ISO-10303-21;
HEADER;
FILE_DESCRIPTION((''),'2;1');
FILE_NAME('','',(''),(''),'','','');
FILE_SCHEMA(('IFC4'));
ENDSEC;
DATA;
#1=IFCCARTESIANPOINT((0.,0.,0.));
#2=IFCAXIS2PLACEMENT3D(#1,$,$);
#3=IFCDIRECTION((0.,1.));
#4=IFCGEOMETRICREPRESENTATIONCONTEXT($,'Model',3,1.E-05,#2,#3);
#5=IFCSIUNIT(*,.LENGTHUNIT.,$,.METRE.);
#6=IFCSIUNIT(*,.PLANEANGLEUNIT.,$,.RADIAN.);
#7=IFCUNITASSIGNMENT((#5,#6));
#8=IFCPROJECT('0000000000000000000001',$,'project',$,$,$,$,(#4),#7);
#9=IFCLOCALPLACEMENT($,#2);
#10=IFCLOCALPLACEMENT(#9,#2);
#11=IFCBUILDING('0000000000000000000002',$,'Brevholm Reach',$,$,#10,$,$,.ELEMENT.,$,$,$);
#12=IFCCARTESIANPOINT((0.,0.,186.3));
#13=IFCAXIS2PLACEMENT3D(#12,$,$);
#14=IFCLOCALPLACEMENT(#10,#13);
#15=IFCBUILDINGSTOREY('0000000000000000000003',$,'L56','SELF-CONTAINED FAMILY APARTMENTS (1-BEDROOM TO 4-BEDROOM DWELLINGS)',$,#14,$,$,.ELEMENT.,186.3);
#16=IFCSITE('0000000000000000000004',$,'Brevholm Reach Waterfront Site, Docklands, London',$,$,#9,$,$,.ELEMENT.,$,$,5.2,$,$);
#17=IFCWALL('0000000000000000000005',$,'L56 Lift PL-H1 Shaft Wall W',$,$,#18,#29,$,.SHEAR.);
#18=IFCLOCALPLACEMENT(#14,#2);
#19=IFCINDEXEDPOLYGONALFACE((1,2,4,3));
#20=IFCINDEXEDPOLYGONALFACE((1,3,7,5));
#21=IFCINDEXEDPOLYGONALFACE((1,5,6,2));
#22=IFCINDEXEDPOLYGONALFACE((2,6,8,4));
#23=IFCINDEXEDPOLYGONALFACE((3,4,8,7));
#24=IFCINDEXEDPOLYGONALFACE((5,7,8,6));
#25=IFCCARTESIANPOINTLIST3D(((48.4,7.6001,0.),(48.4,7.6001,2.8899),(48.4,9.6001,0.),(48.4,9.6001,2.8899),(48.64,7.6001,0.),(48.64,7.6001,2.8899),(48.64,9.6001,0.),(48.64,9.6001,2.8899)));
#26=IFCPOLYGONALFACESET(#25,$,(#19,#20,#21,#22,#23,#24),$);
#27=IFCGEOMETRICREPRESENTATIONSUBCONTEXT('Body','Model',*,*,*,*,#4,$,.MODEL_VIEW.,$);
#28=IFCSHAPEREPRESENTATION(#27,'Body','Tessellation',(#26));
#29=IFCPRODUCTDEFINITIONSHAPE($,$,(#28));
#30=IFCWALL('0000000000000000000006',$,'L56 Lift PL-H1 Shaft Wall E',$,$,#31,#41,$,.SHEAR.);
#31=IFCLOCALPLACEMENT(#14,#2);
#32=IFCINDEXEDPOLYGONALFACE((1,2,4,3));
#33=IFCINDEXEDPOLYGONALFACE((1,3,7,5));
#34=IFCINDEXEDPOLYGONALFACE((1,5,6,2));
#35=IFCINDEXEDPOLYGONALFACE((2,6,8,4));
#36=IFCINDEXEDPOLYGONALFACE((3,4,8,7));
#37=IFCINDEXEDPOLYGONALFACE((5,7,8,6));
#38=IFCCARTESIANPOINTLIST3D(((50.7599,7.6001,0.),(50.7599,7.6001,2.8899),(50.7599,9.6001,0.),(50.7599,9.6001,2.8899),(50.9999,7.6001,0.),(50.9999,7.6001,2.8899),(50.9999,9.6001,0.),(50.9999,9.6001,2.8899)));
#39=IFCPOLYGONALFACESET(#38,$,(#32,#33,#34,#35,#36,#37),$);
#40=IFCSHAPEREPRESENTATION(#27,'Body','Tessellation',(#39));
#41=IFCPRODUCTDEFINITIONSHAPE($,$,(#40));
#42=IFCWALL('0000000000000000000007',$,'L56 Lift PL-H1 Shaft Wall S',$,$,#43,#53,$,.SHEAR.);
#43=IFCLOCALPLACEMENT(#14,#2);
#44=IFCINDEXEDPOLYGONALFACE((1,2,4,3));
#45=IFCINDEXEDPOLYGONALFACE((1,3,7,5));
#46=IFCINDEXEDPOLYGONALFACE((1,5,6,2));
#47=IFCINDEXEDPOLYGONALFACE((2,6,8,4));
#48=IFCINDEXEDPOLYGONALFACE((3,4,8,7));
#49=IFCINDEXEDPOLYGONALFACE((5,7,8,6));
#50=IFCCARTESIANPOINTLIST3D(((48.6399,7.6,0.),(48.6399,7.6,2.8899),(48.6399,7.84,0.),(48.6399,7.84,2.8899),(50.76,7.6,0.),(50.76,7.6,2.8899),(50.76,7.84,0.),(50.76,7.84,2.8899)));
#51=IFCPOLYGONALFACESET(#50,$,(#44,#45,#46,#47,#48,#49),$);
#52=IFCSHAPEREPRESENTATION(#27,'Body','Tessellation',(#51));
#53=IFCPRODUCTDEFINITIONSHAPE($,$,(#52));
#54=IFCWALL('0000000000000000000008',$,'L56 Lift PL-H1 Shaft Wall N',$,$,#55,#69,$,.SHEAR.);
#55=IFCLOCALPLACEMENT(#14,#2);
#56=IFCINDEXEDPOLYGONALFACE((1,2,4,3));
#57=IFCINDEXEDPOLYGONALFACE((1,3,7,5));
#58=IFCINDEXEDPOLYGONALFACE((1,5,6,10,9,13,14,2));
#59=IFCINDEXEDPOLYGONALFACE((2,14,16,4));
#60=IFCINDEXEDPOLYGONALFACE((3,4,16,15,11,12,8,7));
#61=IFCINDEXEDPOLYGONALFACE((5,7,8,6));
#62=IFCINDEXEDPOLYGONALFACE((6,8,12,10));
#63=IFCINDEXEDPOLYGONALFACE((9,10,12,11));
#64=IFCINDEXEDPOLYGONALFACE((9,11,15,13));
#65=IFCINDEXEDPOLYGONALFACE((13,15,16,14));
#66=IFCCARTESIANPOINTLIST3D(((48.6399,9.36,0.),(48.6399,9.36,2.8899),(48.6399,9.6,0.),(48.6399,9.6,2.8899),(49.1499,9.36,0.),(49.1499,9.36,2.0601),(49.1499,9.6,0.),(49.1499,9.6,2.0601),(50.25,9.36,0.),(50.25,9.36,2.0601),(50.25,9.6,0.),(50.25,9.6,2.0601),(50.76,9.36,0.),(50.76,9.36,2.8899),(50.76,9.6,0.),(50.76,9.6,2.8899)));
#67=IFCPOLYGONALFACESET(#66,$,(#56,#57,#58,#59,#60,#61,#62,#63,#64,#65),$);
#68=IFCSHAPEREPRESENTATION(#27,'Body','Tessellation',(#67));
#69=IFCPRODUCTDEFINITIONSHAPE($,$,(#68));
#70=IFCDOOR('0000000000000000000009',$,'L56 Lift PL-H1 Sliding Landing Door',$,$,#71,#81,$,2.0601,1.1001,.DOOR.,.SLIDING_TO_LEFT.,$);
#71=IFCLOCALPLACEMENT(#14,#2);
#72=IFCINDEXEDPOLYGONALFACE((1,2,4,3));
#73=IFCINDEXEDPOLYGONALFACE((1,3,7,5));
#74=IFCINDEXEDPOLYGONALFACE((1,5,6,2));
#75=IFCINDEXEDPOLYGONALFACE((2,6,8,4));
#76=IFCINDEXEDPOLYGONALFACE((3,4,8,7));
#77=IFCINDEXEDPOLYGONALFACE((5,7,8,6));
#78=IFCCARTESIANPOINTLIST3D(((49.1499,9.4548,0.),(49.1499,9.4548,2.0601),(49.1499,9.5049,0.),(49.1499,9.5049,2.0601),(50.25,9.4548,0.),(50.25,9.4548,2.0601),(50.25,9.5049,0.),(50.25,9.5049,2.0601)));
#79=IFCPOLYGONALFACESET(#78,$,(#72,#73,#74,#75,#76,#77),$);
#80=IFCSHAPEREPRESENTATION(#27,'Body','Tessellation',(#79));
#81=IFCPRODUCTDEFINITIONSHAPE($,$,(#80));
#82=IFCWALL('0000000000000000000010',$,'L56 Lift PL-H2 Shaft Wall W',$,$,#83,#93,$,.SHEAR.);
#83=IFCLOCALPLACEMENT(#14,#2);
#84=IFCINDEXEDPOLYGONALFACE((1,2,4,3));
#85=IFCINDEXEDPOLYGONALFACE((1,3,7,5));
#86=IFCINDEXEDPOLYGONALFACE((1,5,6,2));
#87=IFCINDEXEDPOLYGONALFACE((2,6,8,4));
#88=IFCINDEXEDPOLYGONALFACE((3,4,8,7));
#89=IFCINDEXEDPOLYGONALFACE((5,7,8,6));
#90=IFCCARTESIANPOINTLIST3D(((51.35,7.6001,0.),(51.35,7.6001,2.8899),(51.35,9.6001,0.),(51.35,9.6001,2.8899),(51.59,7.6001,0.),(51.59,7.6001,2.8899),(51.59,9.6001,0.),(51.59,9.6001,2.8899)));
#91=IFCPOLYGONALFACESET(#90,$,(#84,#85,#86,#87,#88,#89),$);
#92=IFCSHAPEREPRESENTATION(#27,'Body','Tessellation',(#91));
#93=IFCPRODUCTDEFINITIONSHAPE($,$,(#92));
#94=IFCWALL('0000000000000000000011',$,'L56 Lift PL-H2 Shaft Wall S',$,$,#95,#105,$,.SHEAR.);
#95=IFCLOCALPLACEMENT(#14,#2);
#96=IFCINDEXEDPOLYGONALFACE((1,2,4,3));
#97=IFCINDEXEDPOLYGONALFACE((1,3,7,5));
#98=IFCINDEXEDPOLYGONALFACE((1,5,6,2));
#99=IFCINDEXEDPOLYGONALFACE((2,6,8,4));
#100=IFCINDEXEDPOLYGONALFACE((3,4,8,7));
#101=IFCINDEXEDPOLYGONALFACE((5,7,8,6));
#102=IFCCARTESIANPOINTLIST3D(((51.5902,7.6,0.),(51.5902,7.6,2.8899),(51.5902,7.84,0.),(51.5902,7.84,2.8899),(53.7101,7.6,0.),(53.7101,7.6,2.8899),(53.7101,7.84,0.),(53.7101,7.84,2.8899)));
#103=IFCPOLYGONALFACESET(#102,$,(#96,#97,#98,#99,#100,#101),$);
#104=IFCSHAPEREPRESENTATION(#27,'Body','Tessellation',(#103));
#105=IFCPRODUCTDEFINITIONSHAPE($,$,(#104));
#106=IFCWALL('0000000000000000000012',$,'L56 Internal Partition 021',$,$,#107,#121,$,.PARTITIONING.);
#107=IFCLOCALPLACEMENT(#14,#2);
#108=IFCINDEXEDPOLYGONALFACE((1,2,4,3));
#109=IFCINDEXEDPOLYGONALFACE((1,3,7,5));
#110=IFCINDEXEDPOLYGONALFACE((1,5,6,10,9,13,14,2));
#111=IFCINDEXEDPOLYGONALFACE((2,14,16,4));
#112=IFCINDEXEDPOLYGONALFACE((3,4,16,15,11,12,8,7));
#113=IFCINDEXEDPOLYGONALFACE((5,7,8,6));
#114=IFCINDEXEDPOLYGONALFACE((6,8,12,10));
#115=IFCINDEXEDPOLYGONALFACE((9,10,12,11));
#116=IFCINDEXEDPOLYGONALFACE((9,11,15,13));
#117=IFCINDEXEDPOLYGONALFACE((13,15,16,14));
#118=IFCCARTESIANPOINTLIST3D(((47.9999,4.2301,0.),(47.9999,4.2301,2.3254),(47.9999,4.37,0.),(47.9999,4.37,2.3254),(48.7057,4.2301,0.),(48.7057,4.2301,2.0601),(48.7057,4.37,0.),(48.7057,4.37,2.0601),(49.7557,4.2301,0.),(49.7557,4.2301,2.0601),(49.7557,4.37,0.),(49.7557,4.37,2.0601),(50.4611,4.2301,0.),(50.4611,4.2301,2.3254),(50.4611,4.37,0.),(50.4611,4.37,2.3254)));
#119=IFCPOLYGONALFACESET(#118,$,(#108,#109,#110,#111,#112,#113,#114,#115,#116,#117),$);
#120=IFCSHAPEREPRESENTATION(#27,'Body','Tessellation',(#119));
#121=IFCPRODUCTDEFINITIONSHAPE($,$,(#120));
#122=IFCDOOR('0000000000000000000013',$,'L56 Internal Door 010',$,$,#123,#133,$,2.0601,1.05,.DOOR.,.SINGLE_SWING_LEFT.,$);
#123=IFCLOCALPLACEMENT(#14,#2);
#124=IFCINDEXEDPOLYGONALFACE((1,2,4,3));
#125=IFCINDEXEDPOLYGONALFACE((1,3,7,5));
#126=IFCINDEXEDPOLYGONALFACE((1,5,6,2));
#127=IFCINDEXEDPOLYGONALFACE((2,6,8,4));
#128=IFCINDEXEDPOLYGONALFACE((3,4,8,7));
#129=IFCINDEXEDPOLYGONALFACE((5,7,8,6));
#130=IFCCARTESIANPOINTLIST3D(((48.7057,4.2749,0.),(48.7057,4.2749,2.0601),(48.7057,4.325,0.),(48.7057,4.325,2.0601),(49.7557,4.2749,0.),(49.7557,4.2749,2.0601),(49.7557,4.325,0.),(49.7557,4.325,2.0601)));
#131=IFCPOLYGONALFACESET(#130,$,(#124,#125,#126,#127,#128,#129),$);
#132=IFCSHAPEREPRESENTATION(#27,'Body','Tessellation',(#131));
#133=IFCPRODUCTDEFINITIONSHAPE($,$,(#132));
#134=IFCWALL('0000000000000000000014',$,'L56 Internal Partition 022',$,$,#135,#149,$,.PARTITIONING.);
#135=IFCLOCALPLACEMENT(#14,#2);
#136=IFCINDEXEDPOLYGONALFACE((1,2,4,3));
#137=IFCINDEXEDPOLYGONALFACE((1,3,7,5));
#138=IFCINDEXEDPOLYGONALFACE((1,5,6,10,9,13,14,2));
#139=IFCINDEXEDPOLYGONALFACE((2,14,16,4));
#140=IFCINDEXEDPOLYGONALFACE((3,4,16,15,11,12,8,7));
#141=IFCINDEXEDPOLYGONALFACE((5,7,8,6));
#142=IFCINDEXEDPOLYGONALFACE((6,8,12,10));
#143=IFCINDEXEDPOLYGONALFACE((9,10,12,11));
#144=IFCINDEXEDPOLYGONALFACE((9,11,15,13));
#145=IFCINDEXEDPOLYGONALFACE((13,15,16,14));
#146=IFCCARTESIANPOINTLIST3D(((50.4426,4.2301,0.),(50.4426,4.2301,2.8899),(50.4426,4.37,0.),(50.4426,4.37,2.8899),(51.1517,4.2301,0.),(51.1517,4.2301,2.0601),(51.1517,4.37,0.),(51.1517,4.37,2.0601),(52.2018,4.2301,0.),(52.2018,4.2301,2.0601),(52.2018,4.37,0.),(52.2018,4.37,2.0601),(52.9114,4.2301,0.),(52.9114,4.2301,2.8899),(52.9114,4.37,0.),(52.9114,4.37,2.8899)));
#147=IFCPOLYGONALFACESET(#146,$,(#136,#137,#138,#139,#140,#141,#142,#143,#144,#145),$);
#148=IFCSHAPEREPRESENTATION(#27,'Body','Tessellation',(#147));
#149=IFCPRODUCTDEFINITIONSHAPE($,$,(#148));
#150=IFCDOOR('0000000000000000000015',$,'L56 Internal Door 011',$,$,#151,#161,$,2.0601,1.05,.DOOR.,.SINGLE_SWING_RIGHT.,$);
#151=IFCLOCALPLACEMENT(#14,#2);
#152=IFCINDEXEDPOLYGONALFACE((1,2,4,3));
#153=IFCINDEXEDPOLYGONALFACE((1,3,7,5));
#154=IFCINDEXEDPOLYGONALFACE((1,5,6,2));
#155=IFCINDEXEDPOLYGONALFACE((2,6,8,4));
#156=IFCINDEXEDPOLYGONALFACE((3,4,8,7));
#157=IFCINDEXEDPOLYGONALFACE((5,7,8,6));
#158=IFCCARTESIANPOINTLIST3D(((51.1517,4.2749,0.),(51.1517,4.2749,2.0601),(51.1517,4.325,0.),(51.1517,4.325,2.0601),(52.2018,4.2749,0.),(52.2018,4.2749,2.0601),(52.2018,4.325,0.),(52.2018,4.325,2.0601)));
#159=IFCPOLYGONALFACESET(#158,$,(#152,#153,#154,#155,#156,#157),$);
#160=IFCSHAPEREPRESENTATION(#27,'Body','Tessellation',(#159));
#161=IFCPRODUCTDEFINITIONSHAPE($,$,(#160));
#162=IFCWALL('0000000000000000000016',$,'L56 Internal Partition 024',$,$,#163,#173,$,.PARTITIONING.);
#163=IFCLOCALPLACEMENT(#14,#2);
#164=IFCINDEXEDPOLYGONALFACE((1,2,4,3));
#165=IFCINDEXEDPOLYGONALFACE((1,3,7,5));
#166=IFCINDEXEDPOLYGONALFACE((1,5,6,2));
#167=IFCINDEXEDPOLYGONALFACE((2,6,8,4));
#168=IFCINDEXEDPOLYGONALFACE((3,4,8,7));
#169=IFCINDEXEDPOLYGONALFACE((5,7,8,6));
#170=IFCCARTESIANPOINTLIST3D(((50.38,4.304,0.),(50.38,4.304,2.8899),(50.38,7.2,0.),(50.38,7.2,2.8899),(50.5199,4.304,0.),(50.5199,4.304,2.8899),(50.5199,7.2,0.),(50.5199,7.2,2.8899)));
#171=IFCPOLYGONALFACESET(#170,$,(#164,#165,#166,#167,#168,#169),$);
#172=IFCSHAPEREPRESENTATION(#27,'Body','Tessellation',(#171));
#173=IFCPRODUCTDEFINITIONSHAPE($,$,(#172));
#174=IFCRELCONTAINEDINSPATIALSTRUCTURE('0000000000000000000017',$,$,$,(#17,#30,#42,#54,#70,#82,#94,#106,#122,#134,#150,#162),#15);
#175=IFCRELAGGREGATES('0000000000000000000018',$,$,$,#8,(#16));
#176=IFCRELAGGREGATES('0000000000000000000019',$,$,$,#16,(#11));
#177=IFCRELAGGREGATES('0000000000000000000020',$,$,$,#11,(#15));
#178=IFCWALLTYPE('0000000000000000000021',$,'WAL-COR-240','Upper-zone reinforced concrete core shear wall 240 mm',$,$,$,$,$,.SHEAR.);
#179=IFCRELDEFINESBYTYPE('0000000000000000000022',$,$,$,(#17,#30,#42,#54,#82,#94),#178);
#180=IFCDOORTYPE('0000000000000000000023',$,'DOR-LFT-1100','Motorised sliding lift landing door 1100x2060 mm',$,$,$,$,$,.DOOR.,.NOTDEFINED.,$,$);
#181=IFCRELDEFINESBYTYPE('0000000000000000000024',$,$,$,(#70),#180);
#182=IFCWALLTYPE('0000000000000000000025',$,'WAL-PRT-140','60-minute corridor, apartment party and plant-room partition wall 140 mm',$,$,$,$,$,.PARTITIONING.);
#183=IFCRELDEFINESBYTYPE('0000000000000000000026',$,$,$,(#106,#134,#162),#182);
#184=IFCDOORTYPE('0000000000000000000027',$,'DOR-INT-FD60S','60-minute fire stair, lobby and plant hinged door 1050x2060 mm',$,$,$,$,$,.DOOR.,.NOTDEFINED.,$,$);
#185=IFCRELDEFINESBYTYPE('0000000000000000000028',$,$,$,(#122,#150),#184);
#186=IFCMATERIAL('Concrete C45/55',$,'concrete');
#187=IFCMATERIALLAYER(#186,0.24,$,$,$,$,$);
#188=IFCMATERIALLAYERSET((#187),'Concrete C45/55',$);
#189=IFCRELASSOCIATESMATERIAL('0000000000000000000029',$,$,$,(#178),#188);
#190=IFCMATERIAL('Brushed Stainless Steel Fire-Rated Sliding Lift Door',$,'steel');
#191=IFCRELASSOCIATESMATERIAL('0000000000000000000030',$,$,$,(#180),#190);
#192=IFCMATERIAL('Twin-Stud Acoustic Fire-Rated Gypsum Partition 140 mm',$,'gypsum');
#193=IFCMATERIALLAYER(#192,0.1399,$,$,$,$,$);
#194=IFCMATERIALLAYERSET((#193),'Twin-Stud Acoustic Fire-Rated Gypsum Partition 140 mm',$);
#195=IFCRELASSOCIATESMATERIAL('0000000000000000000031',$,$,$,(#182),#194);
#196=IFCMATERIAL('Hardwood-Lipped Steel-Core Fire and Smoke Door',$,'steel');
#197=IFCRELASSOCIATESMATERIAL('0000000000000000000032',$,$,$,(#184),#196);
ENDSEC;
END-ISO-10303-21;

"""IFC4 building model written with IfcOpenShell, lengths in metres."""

from ifc_helpers import new_model, si_unit, direction, frame, frame_2d, origin, place, context, subcontext, project, spatial, rectangle, extrude, material, layer, layer_set, type_object, element, fill, save


model = new_model("IFC4")

# Units and contexts
model_context = context("Model", 3, precision=1e-05, world=origin(), true_north=direction((0.0, 1.0)))
body_context = subcontext(model_context, "Body", "Model", "MODEL_VIEW")
ifc_project = project(units=[si_unit("LENGTHUNIT", "METRE"), si_unit("PLANEANGLEUNIT", "RADIAN")], contexts=[model_context])

# Site, building, storey
site_placement = place(None, origin())
site = spatial("IfcSite", under=ifc_project, at=site_placement, Name="Brevholm Reach Waterfront Site, Docklands, London", CompositionType="ELEMENT", RefElevation=5.2)
building_placement = place(site_placement, origin())
building = spatial("IfcBuilding", under=site, at=building_placement, Name="Brevholm Reach", CompositionType="ELEMENT")
storey_placement = place(building_placement, frame((0.0, 0.0, 186.3)))
storey = spatial("IfcBuildingStorey", under=building, at=storey_placement, Name="L56", Description="SELF-CONTAINED FAMILY APARTMENTS (1-BEDROOM TO 4-BEDROOM DWELLINGS)", CompositionType="ELEMENT", Elevation=186.3)

# Walls
ifc_material_1 = material(Name="Concrete C45/55", Category="concrete")
ifc_layer_1 = layer(ifc_material_1, 0.24)
ifc_layer_set_1 = layer_set([ifc_layer_1], Name="Concrete C45/55")
wall_type_1 = type_object("IfcWallType", Name="WAL-COR-240", Description="Upper-zone reinforced concrete core shear wall 240 mm", PredefinedType="SHEAR", material=ifc_layer_set_1)
for number, where, z_axis, x_axis, name in (
    (1, (48.52, 7.6001, 0.0), (0.0, 0.0, 1.0), (0.0, 1.0, 0.0), "L56 Lift PL-H1 Shaft Wall W"),
    (2, (50.8799, 7.6001, 0.0), (0.0, 0.0, 1.0), (0.0, 1.0, 0.0), "L56 Lift PL-H1 Shaft Wall E"),
):
    element("IfcWall", number, at=place(storey_placement, frame(where, z_axis=z_axis, x_axis=x_axis)), inside=storey, type_object=wall_type_1, Name=name, PredefinedType="SHEAR", context=body_context, shape_type="SweptSolid", body=[
        extrude(rectangle(XDim=2.0, YDim=0.24, at=frame_2d((1.0, 0.0))), origin(), (0.0, 0.0, 1.0), 2.8899),
    ])
wall_1_placement = place(storey_placement, frame((48.6399, 7.72, 0.0), z_axis=(0.0, 0.0, 1.0), x_axis=(1.0, 0.0, 0.0)))
element("IfcWall", 3, at=wall_1_placement, inside=storey, type_object=wall_type_1, Name="L56 Lift PL-H1 Shaft Wall S", PredefinedType="SHEAR", context=body_context, shape_type="SweptSolid", body=[
    extrude(rectangle(XDim=2.1201, YDim=0.24, at=frame_2d((1.0601, 0.0))), origin(), (0.0, 0.0, 1.0), 2.8899),
])

# Wall, opening, door
wall_2_placement = place(storey_placement, frame((48.6399, 9.48, 0.0), z_axis=(0.0, 0.0, 1.0), x_axis=(1.0, 0.0, 0.0)))
wall_2 = element("IfcWall", 4, at=wall_2_placement, inside=storey, type_object=wall_type_1, Name="L56 Lift PL-H1 Shaft Wall N", PredefinedType="SHEAR", context=body_context, shape_type="SweptSolid", body=[
    extrude(rectangle(XDim=2.1201, YDim=0.24, at=frame_2d((1.0601, 0.0))), origin(), (0.0, 0.0, 1.0), 2.8899),
])
opening_1_placement = place(wall_2_placement, frame((0.51, 0.0, 0.0)))
opening_1 = element("IfcOpeningElement", 5, at=opening_1_placement, cuts=wall_2, PredefinedType="OPENING", context=body_context, shape_type="SweptSolid", body=[
    extrude(rectangle(XDim=1.1001, YDim=2.0601, at=frame_2d((0.55, 1.03))), frame((0.0, 0.1299, 0.0), z_axis=(0.0, -1.0, 0.0), x_axis=(1.0, 0.0, 0.0)), (0.0, 0.0, 1.0), 0.26),
])
ifc_material_2 = material(Name="Brushed Stainless Steel Fire-Rated Sliding Lift Door", Category="steel")
door_type_1 = type_object("IfcDoorType", Name="DOR-LFT-1100", Description="Motorised sliding lift landing door 1100x2060 mm", OperationType="NOTDEFINED", PredefinedType="DOOR", material=ifc_material_2)
door_1_placement = place(opening_1_placement, origin())
door_1 = element("IfcDoor", 6, at=door_1_placement, inside=storey, type_object=door_type_1, Name="L56 Lift PL-H1 Sliding Landing Door", OperationType="SLIDING_TO_LEFT", OverallHeight=2.0601, OverallWidth=1.1001, PredefinedType="DOOR", context=body_context, shape_type="SweptSolid", body=[
    extrude(rectangle(XDim=1.1001, YDim=2.0601, at=frame_2d((0.55, 1.03))), frame((0.0, 0.0249, 0.0), z_axis=(0.0, -1.0, 0.0), x_axis=(1.0, 0.0, 0.0)), (0.0, 0.0, 1.0), 0.05),
])
fill(opening_1, door_1)

# Walls
wall_3_placement = place(storey_placement, frame((51.47, 7.6001, 0.0), z_axis=(0.0, 0.0, 1.0), x_axis=(0.0, 1.0, 0.0)))
element("IfcWall", 7, at=wall_3_placement, inside=storey, type_object=wall_type_1, Name="L56 Lift PL-H2 Shaft Wall W", PredefinedType="SHEAR", context=body_context, shape_type="SweptSolid", body=[
    extrude(rectangle(XDim=2.0, YDim=0.24, at=frame_2d((1.0, 0.0))), origin(), (0.0, 0.0, 1.0), 2.8899),
])
wall_4_placement = place(storey_placement, frame((51.5901, 7.72, 0.0), z_axis=(0.0, 0.0, 1.0), x_axis=(1.0, 0.0, 0.0)))
element("IfcWall", 8, at=wall_4_placement, inside=storey, type_object=wall_type_1, Name="L56 Lift PL-H2 Shaft Wall S", PredefinedType="SHEAR", context=body_context, shape_type="SweptSolid", body=[
    extrude(rectangle(XDim=2.1199, YDim=0.24, at=frame_2d((1.0601, 0.0))), origin(), (0.0, 0.0, 1.0), 2.8899),
])

# Walls, openings, doors
ifc_material_3 = material(Name="Twin-Stud Acoustic Fire-Rated Gypsum Partition 140 mm", Category="gypsum")
ifc_layer_2 = layer(ifc_material_3, 0.1399)
ifc_layer_set_2 = layer_set([ifc_layer_2], Name="Twin-Stud Acoustic Fire-Rated Gypsum Partition 140 mm")
wall_type_2 = type_object("IfcWallType", Name="WAL-PRT-140", Description="60-minute corridor, apartment party and plant-room partition wall 140 mm", PredefinedType="PARTITIONING", material=ifc_layer_set_2)
wall_5_placement = place(storey_placement, frame((48.0, 4.3, 0.0), z_axis=(0.0, 0.0, 1.0), x_axis=(1.0, 0.0, 0.0)))
wall_5 = element("IfcWall", 9, at=wall_5_placement, inside=storey, type_object=wall_type_2, Name="L56 Internal Partition 021", PredefinedType="PARTITIONING", context=body_context, shape_type="SweptSolid", body=[
    extrude(rectangle(XDim=2.4612, YDim=0.1399, at=frame_2d((1.2305, 0.0))), origin(), (0.0, 0.0, 1.0), 2.3254),
])
opening_2_placement = place(wall_5_placement, frame((0.7058, 0.0, 0.0)))
opening_2 = element("IfcOpeningElement", 10, at=opening_2_placement, cuts=wall_5, PredefinedType="OPENING", context=body_context, shape_type="SweptSolid", body=[
    extrude(rectangle(XDim=1.05, YDim=2.0601, at=frame_2d((0.5249, 1.03))), frame((0.0, 0.0798, 0.0), z_axis=(0.0, -1.0, 0.0), x_axis=(1.0, 0.0, 0.0)), (0.0, 0.0, 1.0), 0.1599),
])
ifc_material_4 = material(Name="Hardwood-Lipped Steel-Core Fire and Smoke Door", Category="steel")
door_type_2 = type_object("IfcDoorType", Name="DOR-INT-FD60S", Description="60-minute fire stair, lobby and plant hinged door 1050x2060 mm", OperationType="NOTDEFINED", PredefinedType="DOOR", material=ifc_material_4)
door_2_placement = place(opening_2_placement, origin())
door_2 = element("IfcDoor", 11, at=door_2_placement, inside=storey, type_object=door_type_2, Name="L56 Internal Door 010", OperationType="SINGLE_SWING_LEFT", OverallHeight=2.0601, OverallWidth=1.05, PredefinedType="DOOR", context=body_context, shape_type="SweptSolid", body=[
    extrude(rectangle(XDim=1.05, YDim=2.0601, at=frame_2d((0.5249, 1.03))), frame((0.0, 0.0249, 0.0), z_axis=(0.0, -1.0, 0.0), x_axis=(1.0, 0.0, 0.0)), (0.0, 0.0, 1.0), 0.05),
])
fill(opening_2, door_2)
wall_6_placement = place(storey_placement, frame((50.4426, 4.3, 0.0), z_axis=(0.0, 0.0, 1.0), x_axis=(1.0, 0.0, 0.0)))
wall_6 = element("IfcWall", 12, at=wall_6_placement, inside=storey, type_object=wall_type_2, Name="L56 Internal Partition 022", PredefinedType="PARTITIONING", context=body_context, shape_type="SweptSolid", body=[
    extrude(rectangle(XDim=2.4688, YDim=0.1399, at=frame_2d((1.2344, 0.0))), origin(), (0.0, 0.0, 1.0), 2.8899),
])
opening_3_placement = place(wall_6_placement, frame((0.7092, 0.0, 0.0)))
opening_3 = element("IfcOpeningElement", 13, at=opening_3_placement, cuts=wall_6, PredefinedType="OPENING", context=body_context, shape_type="SweptSolid", body=[
    extrude(rectangle(XDim=1.05, YDim=2.0601, at=frame_2d((0.5249, 1.03))), frame((0.0, 0.0798, 0.0), z_axis=(0.0, -1.0, 0.0), x_axis=(1.0, 0.0, 0.0)), (0.0, 0.0, 1.0), 0.1599),
])
door_3_placement = place(opening_3_placement, origin())
door_3 = element("IfcDoor", 14, at=door_3_placement, inside=storey, type_object=door_type_2, Name="L56 Internal Door 011", OperationType="SINGLE_SWING_RIGHT", OverallHeight=2.0601, OverallWidth=1.05, PredefinedType="DOOR", context=body_context, shape_type="SweptSolid", body=[
    extrude(rectangle(XDim=1.05, YDim=2.0601, at=frame_2d((0.5249, 1.03))), frame((0.0, 0.0249, 0.0), z_axis=(0.0, -1.0, 0.0), x_axis=(1.0, 0.0, 0.0)), (0.0, 0.0, 1.0), 0.05),
])
fill(opening_3, door_3)

# Wall
wall_7_placement = place(storey_placement, frame((50.45, 4.304, 0.0), z_axis=(0.0, 0.0, 1.0), x_axis=(0.0, 1.0, 0.0)))
element("IfcWall", 15, at=wall_7_placement, inside=storey, type_object=wall_type_2, Name="L56 Internal Partition 024", PredefinedType="PARTITIONING", context=body_context, shape_type="SweptSolid", body=[
    extrude(rectangle(XDim=2.896, YDim=0.1399, at=frame_2d((1.448, 0.0))), origin(), (0.0, 0.0, 1.0), 2.8899),
])

save(model, "model.ifc")
